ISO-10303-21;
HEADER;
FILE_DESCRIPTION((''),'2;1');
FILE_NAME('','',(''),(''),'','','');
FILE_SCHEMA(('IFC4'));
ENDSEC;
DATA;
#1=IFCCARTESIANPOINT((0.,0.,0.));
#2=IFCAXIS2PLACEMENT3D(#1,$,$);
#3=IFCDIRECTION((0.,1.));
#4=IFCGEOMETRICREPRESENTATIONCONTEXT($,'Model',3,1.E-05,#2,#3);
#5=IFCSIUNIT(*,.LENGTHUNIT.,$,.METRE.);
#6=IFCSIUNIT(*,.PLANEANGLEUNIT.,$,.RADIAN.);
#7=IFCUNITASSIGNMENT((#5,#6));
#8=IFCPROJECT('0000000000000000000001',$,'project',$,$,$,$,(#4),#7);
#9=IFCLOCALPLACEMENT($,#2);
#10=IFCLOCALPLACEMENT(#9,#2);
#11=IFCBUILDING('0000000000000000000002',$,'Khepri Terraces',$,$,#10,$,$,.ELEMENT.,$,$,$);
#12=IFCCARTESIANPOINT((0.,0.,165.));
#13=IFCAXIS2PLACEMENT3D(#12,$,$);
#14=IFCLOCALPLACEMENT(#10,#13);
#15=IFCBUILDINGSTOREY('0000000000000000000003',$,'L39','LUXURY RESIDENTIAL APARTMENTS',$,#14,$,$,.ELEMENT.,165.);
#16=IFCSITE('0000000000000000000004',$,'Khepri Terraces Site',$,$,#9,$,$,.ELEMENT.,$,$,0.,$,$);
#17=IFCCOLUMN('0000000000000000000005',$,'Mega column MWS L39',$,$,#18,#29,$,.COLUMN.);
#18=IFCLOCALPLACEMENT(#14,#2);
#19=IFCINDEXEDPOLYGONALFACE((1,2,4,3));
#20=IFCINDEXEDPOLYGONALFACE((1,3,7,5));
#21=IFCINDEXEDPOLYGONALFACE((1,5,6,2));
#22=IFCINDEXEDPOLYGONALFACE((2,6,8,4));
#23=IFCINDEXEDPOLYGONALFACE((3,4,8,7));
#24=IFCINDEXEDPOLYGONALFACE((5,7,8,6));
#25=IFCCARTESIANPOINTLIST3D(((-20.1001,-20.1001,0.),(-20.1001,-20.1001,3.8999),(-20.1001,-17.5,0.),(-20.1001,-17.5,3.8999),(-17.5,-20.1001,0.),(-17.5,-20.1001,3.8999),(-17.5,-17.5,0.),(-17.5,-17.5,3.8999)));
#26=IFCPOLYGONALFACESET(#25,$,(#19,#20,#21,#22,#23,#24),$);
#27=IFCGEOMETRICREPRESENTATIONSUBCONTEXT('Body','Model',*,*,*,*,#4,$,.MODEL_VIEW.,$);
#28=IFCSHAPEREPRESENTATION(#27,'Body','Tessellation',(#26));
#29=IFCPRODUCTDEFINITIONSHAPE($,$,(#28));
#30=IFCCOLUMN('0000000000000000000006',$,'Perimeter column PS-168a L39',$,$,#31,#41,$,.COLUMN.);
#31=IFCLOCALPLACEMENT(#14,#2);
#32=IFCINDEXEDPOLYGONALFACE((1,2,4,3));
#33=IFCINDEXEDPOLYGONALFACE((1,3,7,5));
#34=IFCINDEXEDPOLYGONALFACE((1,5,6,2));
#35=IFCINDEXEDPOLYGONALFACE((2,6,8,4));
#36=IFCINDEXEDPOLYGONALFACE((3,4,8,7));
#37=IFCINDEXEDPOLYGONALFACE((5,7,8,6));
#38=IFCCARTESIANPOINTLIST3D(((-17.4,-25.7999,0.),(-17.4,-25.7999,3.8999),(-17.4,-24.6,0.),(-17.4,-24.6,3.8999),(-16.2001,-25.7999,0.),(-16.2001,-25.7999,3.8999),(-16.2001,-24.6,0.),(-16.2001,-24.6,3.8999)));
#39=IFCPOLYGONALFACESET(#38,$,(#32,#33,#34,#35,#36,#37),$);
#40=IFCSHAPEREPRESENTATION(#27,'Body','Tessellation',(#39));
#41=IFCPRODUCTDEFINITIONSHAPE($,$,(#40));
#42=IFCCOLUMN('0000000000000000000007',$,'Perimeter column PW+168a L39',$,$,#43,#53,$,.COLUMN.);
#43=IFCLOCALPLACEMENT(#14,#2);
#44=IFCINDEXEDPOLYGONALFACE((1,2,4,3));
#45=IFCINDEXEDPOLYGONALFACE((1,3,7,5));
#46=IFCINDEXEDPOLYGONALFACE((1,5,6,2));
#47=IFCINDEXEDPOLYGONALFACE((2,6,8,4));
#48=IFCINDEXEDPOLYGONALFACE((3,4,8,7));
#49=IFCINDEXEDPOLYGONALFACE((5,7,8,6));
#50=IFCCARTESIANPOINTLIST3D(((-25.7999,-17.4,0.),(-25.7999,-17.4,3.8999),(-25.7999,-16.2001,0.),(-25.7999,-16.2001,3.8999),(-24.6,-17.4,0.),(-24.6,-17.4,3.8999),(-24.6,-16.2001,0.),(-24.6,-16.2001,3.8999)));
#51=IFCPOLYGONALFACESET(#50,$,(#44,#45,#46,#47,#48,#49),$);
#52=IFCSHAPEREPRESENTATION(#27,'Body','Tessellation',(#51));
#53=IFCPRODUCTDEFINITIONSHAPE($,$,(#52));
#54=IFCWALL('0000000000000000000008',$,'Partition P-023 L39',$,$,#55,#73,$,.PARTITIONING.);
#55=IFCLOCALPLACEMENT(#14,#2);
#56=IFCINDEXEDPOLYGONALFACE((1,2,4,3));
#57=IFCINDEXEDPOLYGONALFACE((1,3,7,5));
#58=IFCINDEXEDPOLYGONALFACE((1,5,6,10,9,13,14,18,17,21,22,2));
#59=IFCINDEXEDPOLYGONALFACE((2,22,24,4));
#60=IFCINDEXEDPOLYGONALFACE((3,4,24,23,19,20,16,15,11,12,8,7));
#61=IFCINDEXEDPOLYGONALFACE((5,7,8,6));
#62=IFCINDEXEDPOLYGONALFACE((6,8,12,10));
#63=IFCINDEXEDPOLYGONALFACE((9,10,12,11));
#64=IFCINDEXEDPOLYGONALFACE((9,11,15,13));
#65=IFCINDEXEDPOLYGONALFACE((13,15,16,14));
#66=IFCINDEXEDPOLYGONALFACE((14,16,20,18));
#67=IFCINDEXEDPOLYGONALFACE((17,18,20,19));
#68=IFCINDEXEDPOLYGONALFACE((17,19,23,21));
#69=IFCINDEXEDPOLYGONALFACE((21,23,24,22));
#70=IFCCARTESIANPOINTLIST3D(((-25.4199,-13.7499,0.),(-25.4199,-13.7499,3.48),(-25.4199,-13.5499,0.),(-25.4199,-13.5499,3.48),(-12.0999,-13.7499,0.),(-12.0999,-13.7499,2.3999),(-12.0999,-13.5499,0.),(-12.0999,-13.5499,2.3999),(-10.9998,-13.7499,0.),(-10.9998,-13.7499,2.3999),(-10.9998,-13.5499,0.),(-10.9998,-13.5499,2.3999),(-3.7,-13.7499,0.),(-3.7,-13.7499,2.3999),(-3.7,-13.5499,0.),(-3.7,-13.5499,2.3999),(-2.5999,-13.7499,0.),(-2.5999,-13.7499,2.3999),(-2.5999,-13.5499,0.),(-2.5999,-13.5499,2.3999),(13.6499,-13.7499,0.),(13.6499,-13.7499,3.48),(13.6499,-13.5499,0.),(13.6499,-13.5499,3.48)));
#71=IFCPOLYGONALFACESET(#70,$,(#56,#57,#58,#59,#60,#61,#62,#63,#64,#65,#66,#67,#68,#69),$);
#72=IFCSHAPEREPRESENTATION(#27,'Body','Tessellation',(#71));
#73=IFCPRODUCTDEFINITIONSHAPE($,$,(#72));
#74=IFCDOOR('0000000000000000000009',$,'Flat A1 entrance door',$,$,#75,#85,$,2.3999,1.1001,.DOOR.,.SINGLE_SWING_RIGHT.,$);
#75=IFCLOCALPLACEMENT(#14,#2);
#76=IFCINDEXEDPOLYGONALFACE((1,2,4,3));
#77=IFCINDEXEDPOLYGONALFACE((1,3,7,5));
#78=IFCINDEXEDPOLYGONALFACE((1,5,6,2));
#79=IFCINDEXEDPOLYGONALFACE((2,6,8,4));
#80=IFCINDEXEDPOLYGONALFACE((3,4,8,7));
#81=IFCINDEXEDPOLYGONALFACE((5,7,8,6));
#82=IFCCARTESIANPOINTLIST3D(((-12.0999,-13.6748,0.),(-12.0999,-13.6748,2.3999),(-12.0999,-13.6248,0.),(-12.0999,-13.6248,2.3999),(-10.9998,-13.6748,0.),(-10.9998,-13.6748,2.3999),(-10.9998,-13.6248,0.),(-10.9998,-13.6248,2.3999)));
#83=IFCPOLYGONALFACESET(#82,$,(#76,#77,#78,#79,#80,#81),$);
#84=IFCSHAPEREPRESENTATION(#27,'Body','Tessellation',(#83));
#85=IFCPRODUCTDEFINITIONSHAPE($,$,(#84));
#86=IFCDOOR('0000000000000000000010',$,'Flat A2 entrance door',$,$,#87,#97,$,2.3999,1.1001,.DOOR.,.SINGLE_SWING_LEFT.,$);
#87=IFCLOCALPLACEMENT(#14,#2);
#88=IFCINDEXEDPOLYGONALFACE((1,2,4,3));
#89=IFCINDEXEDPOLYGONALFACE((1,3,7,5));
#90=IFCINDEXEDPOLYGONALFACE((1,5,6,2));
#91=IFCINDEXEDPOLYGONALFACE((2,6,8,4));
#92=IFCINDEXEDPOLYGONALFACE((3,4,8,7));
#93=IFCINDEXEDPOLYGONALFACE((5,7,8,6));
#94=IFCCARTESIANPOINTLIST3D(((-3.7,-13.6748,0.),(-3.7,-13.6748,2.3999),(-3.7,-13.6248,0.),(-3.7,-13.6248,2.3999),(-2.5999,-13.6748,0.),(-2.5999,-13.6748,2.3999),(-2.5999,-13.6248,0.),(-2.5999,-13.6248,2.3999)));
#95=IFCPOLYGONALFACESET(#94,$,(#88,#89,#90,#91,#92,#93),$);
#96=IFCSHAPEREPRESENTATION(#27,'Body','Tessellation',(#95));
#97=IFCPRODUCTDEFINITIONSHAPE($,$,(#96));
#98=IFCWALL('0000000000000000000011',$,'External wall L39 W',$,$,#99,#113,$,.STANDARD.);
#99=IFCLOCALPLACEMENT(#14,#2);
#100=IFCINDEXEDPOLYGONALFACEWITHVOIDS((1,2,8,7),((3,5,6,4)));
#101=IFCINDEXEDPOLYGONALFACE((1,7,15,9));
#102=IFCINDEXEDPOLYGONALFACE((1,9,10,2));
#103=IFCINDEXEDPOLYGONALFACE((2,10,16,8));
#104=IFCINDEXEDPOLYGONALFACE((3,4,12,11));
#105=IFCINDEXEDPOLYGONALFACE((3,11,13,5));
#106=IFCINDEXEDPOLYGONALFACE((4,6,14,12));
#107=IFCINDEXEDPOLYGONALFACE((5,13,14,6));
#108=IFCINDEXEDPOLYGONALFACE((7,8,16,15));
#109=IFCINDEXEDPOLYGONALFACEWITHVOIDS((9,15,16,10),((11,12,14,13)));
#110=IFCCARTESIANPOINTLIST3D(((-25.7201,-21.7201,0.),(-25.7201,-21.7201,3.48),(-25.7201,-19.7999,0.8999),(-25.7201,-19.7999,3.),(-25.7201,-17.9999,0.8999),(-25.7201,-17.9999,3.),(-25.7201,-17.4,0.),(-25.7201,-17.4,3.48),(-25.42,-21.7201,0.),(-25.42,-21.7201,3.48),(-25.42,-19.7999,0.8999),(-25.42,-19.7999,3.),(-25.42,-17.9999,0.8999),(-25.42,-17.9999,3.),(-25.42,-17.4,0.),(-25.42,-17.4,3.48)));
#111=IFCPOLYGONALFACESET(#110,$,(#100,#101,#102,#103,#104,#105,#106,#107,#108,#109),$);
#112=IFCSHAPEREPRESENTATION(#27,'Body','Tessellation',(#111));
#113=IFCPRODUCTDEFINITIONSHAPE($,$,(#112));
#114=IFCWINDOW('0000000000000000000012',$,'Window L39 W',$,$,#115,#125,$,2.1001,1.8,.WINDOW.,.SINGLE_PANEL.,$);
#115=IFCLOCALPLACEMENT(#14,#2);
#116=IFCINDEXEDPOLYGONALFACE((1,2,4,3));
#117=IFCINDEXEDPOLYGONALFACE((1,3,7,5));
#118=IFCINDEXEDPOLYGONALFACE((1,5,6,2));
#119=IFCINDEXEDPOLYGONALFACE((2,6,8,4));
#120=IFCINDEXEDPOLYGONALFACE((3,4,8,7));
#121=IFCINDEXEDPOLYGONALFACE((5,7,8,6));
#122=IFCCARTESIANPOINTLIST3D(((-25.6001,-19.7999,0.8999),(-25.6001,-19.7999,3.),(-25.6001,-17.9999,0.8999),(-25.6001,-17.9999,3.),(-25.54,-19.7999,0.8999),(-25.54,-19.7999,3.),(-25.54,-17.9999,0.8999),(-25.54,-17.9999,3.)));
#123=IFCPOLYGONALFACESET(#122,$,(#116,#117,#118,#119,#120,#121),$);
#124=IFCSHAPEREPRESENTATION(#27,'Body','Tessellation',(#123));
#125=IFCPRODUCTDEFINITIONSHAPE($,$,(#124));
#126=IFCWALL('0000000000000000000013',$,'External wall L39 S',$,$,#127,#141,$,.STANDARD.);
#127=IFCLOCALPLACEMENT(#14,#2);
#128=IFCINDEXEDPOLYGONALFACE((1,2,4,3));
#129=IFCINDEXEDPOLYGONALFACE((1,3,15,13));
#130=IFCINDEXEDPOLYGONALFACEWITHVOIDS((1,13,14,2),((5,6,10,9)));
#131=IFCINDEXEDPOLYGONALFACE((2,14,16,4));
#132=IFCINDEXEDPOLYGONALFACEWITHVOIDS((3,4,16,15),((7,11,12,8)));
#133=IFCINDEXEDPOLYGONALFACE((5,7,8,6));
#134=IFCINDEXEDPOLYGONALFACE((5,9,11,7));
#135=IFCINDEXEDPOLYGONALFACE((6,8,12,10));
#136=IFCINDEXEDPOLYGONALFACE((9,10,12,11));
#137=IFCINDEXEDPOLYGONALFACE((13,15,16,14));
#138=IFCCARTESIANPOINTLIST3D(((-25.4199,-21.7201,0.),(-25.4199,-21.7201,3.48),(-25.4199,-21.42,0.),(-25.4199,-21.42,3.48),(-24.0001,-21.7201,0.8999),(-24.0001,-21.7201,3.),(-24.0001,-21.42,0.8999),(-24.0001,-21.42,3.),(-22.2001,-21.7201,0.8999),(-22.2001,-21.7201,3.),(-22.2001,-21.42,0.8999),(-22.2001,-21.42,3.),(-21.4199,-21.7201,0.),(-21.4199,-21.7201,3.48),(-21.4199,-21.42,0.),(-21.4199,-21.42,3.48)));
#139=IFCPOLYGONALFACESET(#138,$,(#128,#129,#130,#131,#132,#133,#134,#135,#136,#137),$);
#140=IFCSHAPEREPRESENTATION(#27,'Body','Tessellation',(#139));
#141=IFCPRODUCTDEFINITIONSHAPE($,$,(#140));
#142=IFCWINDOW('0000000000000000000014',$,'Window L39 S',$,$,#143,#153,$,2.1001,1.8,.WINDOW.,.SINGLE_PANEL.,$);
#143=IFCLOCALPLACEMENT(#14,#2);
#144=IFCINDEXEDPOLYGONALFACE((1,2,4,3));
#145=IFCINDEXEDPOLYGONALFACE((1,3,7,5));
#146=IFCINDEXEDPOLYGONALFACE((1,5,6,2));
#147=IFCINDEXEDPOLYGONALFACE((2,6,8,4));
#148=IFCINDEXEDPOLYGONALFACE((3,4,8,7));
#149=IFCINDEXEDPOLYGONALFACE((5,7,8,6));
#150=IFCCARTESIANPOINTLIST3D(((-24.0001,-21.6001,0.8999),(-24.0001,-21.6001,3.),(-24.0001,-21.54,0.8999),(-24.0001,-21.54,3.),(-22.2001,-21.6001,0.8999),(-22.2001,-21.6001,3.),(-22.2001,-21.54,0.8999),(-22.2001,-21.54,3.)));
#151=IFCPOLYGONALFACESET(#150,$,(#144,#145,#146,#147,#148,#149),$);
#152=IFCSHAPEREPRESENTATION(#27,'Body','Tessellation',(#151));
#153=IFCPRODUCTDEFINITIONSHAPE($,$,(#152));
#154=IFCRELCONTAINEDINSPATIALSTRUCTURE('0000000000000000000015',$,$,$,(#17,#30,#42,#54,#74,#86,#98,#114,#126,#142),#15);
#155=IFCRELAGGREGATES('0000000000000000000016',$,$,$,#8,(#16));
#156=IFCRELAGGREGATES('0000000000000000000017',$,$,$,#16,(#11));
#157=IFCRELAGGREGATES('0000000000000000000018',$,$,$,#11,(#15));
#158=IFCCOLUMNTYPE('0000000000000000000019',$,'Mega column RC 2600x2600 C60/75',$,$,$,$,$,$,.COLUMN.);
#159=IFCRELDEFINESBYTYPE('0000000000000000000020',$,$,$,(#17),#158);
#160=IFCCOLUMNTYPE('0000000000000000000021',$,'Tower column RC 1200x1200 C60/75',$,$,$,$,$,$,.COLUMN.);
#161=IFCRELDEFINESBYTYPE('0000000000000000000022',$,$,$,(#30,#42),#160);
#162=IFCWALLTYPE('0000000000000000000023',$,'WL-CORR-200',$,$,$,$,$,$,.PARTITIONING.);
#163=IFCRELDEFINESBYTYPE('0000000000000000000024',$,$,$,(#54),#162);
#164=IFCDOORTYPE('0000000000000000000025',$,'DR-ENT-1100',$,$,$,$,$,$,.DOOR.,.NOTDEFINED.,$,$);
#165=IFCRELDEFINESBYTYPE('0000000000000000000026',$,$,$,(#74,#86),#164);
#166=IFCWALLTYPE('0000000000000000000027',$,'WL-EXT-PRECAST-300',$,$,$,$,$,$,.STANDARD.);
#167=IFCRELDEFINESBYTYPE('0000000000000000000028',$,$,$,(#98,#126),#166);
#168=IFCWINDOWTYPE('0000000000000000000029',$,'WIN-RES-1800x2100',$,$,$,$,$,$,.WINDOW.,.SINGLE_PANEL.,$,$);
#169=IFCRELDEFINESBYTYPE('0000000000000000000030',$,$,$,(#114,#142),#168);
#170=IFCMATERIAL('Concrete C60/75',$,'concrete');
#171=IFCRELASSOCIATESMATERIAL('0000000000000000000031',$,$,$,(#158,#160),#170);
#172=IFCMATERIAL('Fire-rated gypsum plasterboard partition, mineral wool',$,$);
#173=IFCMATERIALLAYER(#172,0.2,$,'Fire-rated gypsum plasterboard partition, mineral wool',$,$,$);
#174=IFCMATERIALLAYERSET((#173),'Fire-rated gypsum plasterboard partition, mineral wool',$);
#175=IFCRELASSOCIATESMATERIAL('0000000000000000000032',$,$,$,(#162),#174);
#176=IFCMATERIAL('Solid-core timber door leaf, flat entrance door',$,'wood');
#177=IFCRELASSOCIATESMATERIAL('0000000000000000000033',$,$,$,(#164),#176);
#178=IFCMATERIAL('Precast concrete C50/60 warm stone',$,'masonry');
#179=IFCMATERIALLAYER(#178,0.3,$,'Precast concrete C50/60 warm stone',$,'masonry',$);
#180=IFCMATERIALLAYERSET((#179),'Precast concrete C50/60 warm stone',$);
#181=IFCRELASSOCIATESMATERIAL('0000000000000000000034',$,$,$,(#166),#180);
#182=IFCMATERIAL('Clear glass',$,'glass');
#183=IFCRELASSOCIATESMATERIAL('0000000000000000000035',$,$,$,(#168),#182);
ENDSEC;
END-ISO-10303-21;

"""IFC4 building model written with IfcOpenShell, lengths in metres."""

from ifc_helpers import new_model, si_unit, direction, frame, frame_2d, origin, origin_2d, place, context, subcontext, project, spatial, rectangle, extrude, material, layer, layer_set, material_profile, profile_set, type_object, element, fill, save


model = new_model("IFC4")

# Units and contexts
model_context = context("Model", 3, precision=1e-05, world=origin(), true_north=direction((0.0, 1.0)))
body_context = subcontext(model_context, "Body", "Model", "MODEL_VIEW")
ifc_project = project(units=[si_unit("LENGTHUNIT", "METRE"), si_unit("PLANEANGLEUNIT", "RADIAN")], contexts=[model_context])

# Site, building, storey
site_placement = place(None, origin())
site = spatial("IfcSite", under=ifc_project, at=site_placement, Name="Khepri Terraces Site", CompositionType="ELEMENT", RefElevation=0.0)
building_placement = place(site_placement, origin())
building = spatial("IfcBuilding", under=site, at=building_placement, Name="Khepri Terraces", CompositionType="ELEMENT")
storey_placement = place(building_placement, frame((0.0, 0.0, 165.0)))
storey = spatial("IfcBuildingStorey", under=building, at=storey_placement, Name="L39", Description="LUXURY RESIDENTIAL APARTMENTS", CompositionType="ELEMENT", Elevation=165.0)

# Columns
ifc_material_1 = material(Name="Concrete C60/75", Category="concrete")
ifc_material_profile_1 = material_profile(ifc_material_1, rectangle(XDim=2.6001, YDim=2.6001, at=origin_2d()), Name="Concrete C60/75", Category="concrete")
ifc_profile_set_1 = profile_set([ifc_material_profile_1], Name="Concrete C60/75")
column_type_1 = type_object("IfcColumnType", Name="Mega column RC 2600x2600 C60/75", PredefinedType="COLUMN", material=ifc_profile_set_1)
column_placement = place(storey_placement, frame((-18.8, -18.8, 0.0), z_axis=(0.0, 0.0, 1.0), x_axis=(1.0, 0.0, 0.0)))
element("IfcColumn", 1, at=column_placement, inside=storey, type_object=column_type_1, Name="Mega column MWS L39", PredefinedType="COLUMN", context=body_context, shape_type="SweptSolid", body=[
    extrude(rectangle(XDim=2.6001, YDim=2.6001, at=origin_2d()), origin(), (0.0, 0.0, 1.0), 3.8999),
])
ifc_material_profile_2 = material_profile(ifc_material_1, rectangle(XDim=1.2, YDim=1.2, at=origin_2d()), Name="Concrete C60/75", Category="concrete")
ifc_profile_set_2 = profile_set([ifc_material_profile_2], Name="Concrete C60/75")
column_type_2 = type_object("IfcColumnType", Name="Tower column RC 1200x1200 C60/75", PredefinedType="COLUMN", material=ifc_profile_set_2)
for number, where, z_axis, x_axis, name in (
    (2, (-16.8, -25.2, 0.0), (0.0, 0.0, 1.0), (1.0, 0.0, 0.0), "Perimeter column PS-168a L39"),
    (3, (-25.2, -16.8, 0.0), (0.0, 0.0, 1.0), (1.0, 0.0, 0.0), "Perimeter column PW+168a L39"),
):
    element("IfcColumn", number, at=place(storey_placement, frame(where, z_axis=z_axis, x_axis=x_axis)), inside=storey, type_object=column_type_2, Name=name, PredefinedType="COLUMN", context=body_context, shape_type="SweptSolid", body=[
        extrude(rectangle(XDim=1.2, YDim=1.2, at=origin_2d()), origin(), (0.0, 0.0, 1.0), 3.8999),
    ])

# Wall, openings, doors
ifc_material_2 = material(Name="Fire-rated gypsum plasterboard partition, mineral wool")
ifc_layer_1 = layer(ifc_material_2, 0.2, Name="Fire-rated gypsum plasterboard partition, mineral wool")
ifc_layer_set_1 = layer_set([ifc_layer_1], Name="Fire-rated gypsum plasterboard partition, mineral wool")
wall_type_1 = type_object("IfcWallType", Name="WL-CORR-200", PredefinedType="PARTITIONING", material=ifc_layer_set_1)
wall_1_placement = place(storey_placement, frame((-25.4199, -13.6499, 0.0), z_axis=(0.0, 0.0, 1.0), x_axis=(1.0, 0.0, 0.0)))
wall_1 = element("IfcWall", 4, at=wall_1_placement, inside=storey, type_object=wall_type_1, Name="Partition P-023 L39", PredefinedType="PARTITIONING", context=body_context, shape_type="SweptSolid", body=[
    extrude(rectangle(XDim=39.0698, YDim=0.2, at=frame_2d((19.5349, 0.0))), origin(), (0.0, 0.0, 1.0), 3.48),
])
opening_1_placement = place(wall_1_placement, frame((13.3201, 0.0, 0.0)))
opening_1 = element("IfcOpeningElement", 5, at=opening_1_placement, cuts=wall_1, PredefinedType="OPENING", context=body_context, shape_type="SweptSolid", body=[
    extrude(rectangle(XDim=1.1001, YDim=2.3999, at=frame_2d((0.55, 1.2))), frame((0.0, 0.1099, 0.0), z_axis=(0.0, -1.0, 0.0), x_axis=(1.0, 0.0, 0.0)), (0.0, 0.0, 1.0), 0.22),
])
opening_2_placement = place(wall_1_placement, frame((21.72, 0.0, 0.0)))
opening_2 = element("IfcOpeningElement", 6, at=opening_2_placement, cuts=wall_1, PredefinedType="OPENING", context=body_context, shape_type="SweptSolid", body=[
    extrude(rectangle(XDim=1.1001, YDim=2.3999, at=frame_2d((0.55, 1.2))), frame((0.0, 0.1099, 0.0), z_axis=(0.0, -1.0, 0.0), x_axis=(1.0, 0.0, 0.0)), (0.0, 0.0, 1.0), 0.22),
])
ifc_material_3 = material(Name="Solid-core timber door leaf, flat entrance door", Category="wood")
door_type_1 = type_object("IfcDoorType", Name="DR-ENT-1100", OperationType="NOTDEFINED", PredefinedType="DOOR", material=ifc_material_3)
door_1_placement = place(opening_1_placement, frame((1.1001, 0.0, 0.0), z_axis=(0.0, 0.0, 1.0), x_axis=(-1.0, 0.0, 0.0)))
door_1 = element("IfcDoor", 7, at=door_1_placement, inside=storey, type_object=door_type_1, Name="Flat A1 entrance door", OperationType="SINGLE_SWING_RIGHT", OverallHeight=2.3999, OverallWidth=1.1001, PredefinedType="DOOR", context=body_context, shape_type="SweptSolid", body=[
    extrude(rectangle(XDim=1.1001, YDim=2.3999, at=frame_2d((0.55, 1.2))), frame((0.0, 0.0249, 0.0), z_axis=(0.0, -1.0, 0.0), x_axis=(1.0, 0.0, 0.0)), (0.0, 0.0, 1.0), 0.05),
])
fill(opening_1, door_1)
door_2_placement = place(opening_2_placement, frame((1.1001, 0.0, 0.0), z_axis=(0.0, 0.0, 1.0), x_axis=(-1.0, 0.0, 0.0)))
door_2 = element("IfcDoor", 8, at=door_2_placement, inside=storey, type_object=door_type_1, Name="Flat A2 entrance door", OperationType="SINGLE_SWING_LEFT", OverallHeight=2.3999, OverallWidth=1.1001, PredefinedType="DOOR", context=body_context, shape_type="SweptSolid", body=[
    extrude(rectangle(XDim=1.1001, YDim=2.3999, at=frame_2d((0.55, 1.2))), frame((0.0, 0.0249, 0.0), z_axis=(0.0, -1.0, 0.0), x_axis=(1.0, 0.0, 0.0)), (0.0, 0.0, 1.0), 0.05),
])
fill(opening_2, door_2)

# Walls, openings, windows
ifc_material_4 = material(Name="Precast concrete C50/60 warm stone", Category="masonry")
ifc_layer_2 = layer(ifc_material_4, 0.3, Name="Precast concrete C50/60 warm stone", Category="masonry")
ifc_layer_set_2 = layer_set([ifc_layer_2], Name="Precast concrete C50/60 warm stone")
wall_type_2 = type_object("IfcWallType", Name="WL-EXT-PRECAST-300", PredefinedType="STANDARD", material=ifc_layer_set_2)
wall_2_placement = place(storey_placement, frame((-25.5701, -17.3999, 0.0), z_axis=(0.0, 0.0, 1.0), x_axis=(0.0, -1.0, 0.0)))
wall_2 = element("IfcWall", 9, at=wall_2_placement, inside=storey, type_object=wall_type_2, Name="External wall L39 W", PredefinedType="STANDARD", context=body_context, shape_type="SweptSolid", body=[
    extrude(rectangle(XDim=4.3201, YDim=0.3, at=frame_2d((2.1602, 0.0))), origin(), (0.0, 0.0, 1.0), 3.48),
])
opening_3_placement = place(wall_2_placement, frame((0.6001, 0.0, 0.8999)))
opening_3 = element("IfcOpeningElement", 10, at=opening_3_placement, cuts=wall_2, PredefinedType="OPENING", context=body_context, shape_type="SweptSolid", body=[
    extrude(rectangle(XDim=1.8, YDim=2.1001, at=frame_2d((0.8999, 1.05))), frame((0.0, 0.1602, 0.0), z_axis=(0.0, -1.0, 0.0), x_axis=(1.0, 0.0, 0.0)), (0.0, 0.0, 1.0), 0.3201),
])
ifc_material_5 = material(Name="Clear glass", Category="glass")
window_type = type_object("IfcWindowType", Name="WIN-RES-1800x2100", PartitioningType="SINGLE_PANEL", PredefinedType="WINDOW", material=ifc_material_5)
window_1_placement = place(opening_3_placement, origin())
window_1 = element("IfcWindow", 11, at=window_1_placement, inside=storey, type_object=window_type, Name="Window L39 W", OverallHeight=2.1001, OverallWidth=1.8, PartitioningType="SINGLE_PANEL", PredefinedType="WINDOW", context=body_context, shape_type="SweptSolid", body=[
    extrude(rectangle(XDim=1.8, YDim=2.1001, at=frame_2d((0.8999, 1.05))), frame((0.0, 0.03, 0.0), z_axis=(0.0, -1.0, 0.0), x_axis=(1.0, 0.0, 0.0)), (0.0, 0.0, 1.0), 0.0601),
])
fill(opening_3, window_1)
wall_3_placement = place(storey_placement, frame((-25.4199, -21.5701, 0.0), z_axis=(0.0, 0.0, 1.0), x_axis=(1.0, 0.0, 0.0)))
wall_3 = element("IfcWall", 12, at=wall_3_placement, inside=storey, type_object=wall_type_2, Name="External wall L39 S", PredefinedType="STANDARD", context=body_context, shape_type="SweptSolid", body=[
    extrude(rectangle(XDim=4.0, YDim=0.3, at=frame_2d((2.0, 0.0))), origin(), (0.0, 0.0, 1.0), 3.48),
])
opening_4_placement = place(wall_3_placement, frame((1.4199, 0.0, 0.8999)))
opening_4 = element("IfcOpeningElement", 13, at=opening_4_placement, cuts=wall_3, PredefinedType="OPENING", context=body_context, shape_type="SweptSolid", body=[
    extrude(rectangle(XDim=1.8, YDim=2.1001, at=frame_2d((0.8999, 1.05))), frame((0.0, 0.1602, 0.0), z_axis=(0.0, -1.0, 0.0), x_axis=(1.0, 0.0, 0.0)), (0.0, 0.0, 1.0), 0.3201),
])
window_2_placement = place(opening_4_placement, origin())
window_2 = element("IfcWindow", 14, at=window_2_placement, inside=storey, type_object=window_type, Name="Window L39 S", OverallHeight=2.1001, OverallWidth=1.8, PartitioningType="SINGLE_PANEL", PredefinedType="WINDOW", context=body_context, shape_type="SweptSolid", body=[
    extrude(rectangle(XDim=1.8, YDim=2.1001, at=frame_2d((0.8999, 1.05))), frame((0.0, 0.03, 0.0), z_axis=(0.0, -1.0, 0.0), x_axis=(1.0, 0.0, 0.0)), (0.0, 0.0, 1.0), 0.0601),
])
fill(opening_4, window_2)

save(model, "model.ifc")
